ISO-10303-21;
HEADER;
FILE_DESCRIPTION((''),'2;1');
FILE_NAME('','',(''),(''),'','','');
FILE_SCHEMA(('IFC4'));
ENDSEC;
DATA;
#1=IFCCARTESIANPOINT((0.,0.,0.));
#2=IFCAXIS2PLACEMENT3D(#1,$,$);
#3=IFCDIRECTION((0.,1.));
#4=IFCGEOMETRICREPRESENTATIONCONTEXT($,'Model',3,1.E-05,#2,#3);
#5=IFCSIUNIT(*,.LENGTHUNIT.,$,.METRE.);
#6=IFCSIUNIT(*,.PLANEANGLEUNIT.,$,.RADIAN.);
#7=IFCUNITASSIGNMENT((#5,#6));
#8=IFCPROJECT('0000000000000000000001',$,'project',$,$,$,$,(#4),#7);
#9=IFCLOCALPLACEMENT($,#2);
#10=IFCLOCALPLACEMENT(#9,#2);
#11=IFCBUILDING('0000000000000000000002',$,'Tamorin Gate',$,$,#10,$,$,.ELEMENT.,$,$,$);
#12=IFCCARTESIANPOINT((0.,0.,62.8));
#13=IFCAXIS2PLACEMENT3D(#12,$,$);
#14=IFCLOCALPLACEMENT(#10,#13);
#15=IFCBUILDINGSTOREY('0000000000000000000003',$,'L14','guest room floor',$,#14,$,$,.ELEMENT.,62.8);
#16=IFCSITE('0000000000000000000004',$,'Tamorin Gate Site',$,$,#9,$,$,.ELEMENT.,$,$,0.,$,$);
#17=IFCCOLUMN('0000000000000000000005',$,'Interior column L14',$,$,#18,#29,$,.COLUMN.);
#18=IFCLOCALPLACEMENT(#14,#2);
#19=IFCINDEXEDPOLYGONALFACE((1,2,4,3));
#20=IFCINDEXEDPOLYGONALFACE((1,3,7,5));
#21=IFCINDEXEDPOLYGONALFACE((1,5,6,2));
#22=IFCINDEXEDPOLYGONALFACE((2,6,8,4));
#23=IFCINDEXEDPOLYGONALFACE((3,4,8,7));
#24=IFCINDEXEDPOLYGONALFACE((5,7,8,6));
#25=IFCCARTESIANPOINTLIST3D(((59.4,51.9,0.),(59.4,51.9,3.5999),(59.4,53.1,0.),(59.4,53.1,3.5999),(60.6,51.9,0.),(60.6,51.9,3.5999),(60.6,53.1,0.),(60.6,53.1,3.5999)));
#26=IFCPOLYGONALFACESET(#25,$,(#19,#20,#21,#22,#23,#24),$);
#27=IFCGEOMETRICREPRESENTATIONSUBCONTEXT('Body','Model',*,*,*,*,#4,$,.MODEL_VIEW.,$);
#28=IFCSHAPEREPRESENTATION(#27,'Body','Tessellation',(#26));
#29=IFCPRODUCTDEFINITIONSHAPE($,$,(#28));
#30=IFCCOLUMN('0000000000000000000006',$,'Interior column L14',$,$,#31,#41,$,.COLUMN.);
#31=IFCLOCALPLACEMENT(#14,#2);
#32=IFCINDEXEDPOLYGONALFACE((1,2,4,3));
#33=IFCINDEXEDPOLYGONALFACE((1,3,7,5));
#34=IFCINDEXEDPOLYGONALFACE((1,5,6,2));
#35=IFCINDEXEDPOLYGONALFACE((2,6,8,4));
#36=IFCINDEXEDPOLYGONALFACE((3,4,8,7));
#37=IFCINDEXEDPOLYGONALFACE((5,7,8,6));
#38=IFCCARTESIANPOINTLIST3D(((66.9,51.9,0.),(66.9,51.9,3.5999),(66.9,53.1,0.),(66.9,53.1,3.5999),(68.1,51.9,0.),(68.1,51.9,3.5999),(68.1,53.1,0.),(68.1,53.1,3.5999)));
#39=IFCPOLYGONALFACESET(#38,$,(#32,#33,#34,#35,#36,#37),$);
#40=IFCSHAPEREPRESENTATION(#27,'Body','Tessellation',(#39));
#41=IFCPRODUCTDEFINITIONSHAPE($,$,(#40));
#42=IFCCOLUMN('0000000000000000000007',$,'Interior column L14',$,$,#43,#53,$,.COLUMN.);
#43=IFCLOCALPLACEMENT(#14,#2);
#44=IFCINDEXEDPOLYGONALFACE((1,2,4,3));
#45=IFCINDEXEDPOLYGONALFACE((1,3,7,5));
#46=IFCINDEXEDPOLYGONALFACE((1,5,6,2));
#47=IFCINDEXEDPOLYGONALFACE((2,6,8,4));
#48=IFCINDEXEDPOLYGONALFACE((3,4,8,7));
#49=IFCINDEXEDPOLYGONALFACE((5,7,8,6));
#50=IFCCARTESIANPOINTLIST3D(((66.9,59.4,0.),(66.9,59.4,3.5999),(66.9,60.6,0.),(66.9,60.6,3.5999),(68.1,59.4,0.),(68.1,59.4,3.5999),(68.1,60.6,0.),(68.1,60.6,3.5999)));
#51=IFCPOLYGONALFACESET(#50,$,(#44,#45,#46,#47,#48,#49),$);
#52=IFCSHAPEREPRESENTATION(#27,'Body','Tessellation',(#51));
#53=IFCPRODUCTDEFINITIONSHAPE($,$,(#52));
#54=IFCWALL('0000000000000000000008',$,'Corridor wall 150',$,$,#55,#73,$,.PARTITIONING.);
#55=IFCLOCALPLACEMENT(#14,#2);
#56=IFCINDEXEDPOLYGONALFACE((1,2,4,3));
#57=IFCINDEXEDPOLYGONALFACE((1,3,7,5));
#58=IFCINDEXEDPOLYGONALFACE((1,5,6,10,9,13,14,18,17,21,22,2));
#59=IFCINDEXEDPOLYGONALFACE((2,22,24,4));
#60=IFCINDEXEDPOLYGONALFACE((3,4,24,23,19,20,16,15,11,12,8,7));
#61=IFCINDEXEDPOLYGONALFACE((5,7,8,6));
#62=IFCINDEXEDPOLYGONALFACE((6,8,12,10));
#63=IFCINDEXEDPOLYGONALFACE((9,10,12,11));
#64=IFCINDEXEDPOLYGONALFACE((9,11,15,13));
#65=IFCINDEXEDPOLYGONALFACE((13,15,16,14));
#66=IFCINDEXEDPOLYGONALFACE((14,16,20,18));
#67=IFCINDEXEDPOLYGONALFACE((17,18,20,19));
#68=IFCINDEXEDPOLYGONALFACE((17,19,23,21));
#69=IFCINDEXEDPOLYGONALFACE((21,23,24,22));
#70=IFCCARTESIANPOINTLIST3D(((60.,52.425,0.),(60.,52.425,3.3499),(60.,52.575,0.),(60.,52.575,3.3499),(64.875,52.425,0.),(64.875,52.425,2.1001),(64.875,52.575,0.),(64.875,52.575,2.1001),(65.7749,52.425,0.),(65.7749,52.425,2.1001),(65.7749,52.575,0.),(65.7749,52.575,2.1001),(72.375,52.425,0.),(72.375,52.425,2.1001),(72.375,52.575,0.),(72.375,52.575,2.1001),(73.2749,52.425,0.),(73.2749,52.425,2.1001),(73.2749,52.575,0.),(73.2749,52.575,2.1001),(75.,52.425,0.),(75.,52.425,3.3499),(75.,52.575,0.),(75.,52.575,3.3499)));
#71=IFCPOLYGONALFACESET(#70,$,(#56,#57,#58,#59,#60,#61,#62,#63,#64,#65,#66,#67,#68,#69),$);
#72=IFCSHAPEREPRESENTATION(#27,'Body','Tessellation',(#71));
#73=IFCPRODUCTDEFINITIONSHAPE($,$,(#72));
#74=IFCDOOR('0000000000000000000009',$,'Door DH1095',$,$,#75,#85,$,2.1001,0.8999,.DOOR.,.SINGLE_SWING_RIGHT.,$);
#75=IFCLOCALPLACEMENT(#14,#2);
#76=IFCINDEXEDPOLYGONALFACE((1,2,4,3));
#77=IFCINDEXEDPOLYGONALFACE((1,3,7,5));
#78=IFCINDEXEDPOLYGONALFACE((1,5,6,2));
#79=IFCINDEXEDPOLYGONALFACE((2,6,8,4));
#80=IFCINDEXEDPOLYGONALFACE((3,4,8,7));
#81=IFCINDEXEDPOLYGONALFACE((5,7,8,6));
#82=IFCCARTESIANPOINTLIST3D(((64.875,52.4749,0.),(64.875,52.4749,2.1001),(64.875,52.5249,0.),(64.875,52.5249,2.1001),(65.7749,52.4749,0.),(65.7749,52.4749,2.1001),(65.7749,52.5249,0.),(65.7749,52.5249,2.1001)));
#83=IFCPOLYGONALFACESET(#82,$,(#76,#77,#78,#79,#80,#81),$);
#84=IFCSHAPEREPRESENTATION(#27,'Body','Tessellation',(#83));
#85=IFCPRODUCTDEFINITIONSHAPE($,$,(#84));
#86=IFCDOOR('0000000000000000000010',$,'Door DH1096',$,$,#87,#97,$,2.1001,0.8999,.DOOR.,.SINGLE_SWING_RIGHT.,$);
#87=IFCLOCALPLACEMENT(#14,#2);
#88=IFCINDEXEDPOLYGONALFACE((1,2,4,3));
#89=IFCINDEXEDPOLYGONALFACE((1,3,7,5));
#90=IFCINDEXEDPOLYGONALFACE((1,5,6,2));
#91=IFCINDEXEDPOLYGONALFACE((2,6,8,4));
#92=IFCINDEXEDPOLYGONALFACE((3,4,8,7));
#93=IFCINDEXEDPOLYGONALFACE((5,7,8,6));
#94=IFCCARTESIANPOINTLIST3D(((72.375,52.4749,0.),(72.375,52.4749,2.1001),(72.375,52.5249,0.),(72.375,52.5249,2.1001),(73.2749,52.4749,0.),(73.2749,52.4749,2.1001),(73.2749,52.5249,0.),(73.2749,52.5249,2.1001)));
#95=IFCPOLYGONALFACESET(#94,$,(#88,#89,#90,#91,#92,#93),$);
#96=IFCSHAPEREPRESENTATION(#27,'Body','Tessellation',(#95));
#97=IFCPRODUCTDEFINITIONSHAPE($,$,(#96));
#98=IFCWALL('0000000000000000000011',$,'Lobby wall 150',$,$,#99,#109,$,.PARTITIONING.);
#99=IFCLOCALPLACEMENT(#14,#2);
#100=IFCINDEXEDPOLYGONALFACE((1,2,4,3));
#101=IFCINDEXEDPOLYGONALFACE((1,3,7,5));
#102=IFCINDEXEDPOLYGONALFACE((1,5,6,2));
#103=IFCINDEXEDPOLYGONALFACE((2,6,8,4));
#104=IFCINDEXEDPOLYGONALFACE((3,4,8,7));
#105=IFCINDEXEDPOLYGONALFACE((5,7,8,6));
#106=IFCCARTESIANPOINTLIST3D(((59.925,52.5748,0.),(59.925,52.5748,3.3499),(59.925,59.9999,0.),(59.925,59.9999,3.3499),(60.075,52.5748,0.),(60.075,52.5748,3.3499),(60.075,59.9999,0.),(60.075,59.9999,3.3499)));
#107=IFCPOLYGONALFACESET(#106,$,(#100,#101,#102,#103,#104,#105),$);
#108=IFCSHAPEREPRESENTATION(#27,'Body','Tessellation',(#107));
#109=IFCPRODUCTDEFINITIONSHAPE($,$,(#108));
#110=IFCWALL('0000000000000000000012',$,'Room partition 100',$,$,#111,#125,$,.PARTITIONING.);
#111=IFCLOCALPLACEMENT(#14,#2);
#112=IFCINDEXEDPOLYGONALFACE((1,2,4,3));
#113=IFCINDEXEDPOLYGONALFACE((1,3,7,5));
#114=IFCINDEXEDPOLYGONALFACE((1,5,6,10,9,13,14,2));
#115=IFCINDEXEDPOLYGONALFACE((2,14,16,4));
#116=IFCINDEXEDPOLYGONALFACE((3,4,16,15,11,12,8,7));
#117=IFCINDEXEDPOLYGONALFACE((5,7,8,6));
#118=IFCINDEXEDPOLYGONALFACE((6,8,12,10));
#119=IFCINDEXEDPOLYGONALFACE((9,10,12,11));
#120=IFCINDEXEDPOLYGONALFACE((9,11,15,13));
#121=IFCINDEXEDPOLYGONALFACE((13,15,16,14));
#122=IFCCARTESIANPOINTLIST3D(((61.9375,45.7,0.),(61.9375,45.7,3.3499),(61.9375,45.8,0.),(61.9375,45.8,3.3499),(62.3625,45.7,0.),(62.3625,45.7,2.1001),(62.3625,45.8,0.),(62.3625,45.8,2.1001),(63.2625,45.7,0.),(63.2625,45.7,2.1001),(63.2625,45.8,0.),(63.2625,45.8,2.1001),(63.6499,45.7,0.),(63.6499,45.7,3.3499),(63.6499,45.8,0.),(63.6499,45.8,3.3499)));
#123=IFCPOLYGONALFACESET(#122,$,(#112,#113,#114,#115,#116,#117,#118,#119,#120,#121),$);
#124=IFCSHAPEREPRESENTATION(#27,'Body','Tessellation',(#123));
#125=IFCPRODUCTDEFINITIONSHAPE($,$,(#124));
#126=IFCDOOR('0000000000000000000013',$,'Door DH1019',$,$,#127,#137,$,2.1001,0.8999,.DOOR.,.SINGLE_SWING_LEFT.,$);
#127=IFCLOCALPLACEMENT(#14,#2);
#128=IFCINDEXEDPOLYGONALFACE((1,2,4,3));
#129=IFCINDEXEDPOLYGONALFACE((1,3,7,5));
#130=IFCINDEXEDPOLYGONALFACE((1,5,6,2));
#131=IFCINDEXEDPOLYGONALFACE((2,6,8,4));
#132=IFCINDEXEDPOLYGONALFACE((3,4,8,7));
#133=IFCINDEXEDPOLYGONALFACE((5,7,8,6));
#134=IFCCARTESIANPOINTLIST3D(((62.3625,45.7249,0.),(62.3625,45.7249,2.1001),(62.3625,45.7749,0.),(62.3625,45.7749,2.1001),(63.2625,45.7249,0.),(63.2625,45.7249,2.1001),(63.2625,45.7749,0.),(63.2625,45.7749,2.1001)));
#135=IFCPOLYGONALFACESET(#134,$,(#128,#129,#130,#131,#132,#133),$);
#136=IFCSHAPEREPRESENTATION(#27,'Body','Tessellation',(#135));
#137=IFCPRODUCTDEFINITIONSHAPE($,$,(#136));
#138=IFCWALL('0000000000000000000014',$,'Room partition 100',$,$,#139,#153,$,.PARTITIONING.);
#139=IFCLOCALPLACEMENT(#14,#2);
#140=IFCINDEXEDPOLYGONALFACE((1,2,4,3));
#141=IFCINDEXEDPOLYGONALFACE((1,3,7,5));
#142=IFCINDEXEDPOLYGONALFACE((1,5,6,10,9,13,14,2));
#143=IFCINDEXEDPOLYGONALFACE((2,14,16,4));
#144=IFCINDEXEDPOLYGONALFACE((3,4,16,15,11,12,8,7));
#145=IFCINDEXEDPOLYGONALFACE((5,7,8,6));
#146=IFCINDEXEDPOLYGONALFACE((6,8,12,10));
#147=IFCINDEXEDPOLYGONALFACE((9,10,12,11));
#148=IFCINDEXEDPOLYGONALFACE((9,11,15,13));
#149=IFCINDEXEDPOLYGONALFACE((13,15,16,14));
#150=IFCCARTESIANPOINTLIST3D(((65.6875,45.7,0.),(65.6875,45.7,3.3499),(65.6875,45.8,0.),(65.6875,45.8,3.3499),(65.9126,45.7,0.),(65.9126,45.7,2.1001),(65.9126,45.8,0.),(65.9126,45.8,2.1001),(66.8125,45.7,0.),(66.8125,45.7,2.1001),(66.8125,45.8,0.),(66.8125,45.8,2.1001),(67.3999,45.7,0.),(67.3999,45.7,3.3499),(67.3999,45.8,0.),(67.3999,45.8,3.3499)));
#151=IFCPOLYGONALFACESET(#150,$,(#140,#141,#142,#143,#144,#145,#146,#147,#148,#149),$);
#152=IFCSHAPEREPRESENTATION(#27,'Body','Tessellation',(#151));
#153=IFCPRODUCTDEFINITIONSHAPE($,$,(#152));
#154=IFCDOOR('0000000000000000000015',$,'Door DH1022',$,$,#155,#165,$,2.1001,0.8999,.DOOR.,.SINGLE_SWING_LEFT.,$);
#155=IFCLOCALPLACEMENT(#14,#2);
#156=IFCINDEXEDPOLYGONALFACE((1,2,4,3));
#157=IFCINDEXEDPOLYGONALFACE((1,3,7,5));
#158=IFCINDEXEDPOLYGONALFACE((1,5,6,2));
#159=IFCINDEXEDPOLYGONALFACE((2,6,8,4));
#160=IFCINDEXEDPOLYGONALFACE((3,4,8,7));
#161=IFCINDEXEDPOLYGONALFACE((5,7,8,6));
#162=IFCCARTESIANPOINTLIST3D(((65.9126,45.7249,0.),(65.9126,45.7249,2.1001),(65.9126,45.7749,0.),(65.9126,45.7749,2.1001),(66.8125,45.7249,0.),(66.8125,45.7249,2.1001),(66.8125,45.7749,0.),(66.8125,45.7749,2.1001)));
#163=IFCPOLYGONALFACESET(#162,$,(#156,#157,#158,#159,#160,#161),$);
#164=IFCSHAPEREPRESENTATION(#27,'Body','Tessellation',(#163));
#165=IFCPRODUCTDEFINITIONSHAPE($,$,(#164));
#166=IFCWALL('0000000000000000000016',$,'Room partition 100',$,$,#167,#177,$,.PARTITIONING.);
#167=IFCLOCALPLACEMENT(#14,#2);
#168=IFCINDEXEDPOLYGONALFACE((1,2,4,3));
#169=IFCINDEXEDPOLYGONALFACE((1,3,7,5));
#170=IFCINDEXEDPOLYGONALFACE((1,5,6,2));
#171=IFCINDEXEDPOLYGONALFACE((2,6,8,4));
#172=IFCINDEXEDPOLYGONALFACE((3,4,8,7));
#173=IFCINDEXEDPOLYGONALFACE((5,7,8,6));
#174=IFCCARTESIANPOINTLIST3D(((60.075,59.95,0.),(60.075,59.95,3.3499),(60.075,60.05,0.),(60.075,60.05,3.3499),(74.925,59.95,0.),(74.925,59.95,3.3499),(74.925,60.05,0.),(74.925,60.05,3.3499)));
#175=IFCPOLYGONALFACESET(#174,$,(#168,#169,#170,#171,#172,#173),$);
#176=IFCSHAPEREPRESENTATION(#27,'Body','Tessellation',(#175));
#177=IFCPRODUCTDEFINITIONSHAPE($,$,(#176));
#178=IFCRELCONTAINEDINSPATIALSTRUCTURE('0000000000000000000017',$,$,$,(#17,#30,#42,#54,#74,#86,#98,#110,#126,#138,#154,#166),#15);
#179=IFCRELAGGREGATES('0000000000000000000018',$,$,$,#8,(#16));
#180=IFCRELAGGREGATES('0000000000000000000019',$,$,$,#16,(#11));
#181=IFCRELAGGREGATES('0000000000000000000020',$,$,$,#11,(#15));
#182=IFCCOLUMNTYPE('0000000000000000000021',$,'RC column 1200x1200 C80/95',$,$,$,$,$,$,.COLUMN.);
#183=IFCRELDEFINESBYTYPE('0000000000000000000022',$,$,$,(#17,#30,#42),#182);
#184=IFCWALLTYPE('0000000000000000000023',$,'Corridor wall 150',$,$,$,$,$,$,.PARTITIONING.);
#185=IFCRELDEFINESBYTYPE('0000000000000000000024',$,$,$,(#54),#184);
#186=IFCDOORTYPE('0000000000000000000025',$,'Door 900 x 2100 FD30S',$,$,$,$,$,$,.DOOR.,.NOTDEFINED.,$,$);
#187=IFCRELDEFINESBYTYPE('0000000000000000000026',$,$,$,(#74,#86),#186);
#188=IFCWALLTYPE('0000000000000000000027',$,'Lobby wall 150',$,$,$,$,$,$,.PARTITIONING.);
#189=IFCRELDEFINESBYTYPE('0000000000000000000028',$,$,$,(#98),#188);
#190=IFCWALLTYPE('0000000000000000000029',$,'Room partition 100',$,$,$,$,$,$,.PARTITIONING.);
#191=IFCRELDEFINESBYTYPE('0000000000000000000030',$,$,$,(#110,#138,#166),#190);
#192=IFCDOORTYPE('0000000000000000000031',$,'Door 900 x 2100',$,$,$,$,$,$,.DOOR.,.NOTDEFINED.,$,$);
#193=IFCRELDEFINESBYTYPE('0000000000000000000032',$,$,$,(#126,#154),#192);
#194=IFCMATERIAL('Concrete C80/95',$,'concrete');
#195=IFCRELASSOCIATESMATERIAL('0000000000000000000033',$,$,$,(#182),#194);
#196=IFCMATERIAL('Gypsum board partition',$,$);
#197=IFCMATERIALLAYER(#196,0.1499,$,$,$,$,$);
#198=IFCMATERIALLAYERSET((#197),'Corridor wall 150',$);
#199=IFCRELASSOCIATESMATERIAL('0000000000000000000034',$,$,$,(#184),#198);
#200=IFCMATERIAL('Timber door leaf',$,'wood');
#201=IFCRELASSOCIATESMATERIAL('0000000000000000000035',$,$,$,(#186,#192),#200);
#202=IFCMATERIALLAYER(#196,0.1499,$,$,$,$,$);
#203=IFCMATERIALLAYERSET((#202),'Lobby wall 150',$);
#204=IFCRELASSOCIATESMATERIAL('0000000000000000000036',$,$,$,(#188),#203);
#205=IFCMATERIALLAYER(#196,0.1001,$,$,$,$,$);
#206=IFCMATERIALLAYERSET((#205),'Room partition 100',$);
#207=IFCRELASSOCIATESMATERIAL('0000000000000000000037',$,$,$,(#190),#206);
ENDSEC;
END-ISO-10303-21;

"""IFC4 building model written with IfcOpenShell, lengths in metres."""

from ifc_helpers import new_model, si_unit, direction, frame, frame_2d, origin, origin_2d, place, context, subcontext, project, spatial, rectangle, extrude, material, layer, layer_set, material_profile, profile_set, type_object, element, fill, save


model = new_model("IFC4")

# Units and contexts
model_context = context("Model", 3, precision=1e-05, world=origin(), true_north=direction((0.0, 1.0)))
body_context = subcontext(model_context, "Body", "Model", "MODEL_VIEW")
ifc_project = project(units=[si_unit("LENGTHUNIT", "METRE"), si_unit("PLANEANGLEUNIT", "RADIAN")], contexts=[model_context])

# Site, building, storey
site_placement = place(None, origin())
site = spatial("IfcSite", under=ifc_project, at=site_placement, Name="Tamorin Gate Site", CompositionType="ELEMENT", RefElevation=0.0)
building_placement = place(site_placement, origin())
building = spatial("IfcBuilding", under=site, at=building_placement, Name="Tamorin Gate", CompositionType="ELEMENT")
storey_placement = place(building_placement, frame((0.0, 0.0, 62.8)))
storey = spatial("IfcBuildingStorey", under=building, at=storey_placement, Name="L14", Description="guest room floor", CompositionType="ELEMENT", Elevation=62.8)

# Columns
ifc_material_1 = material(Name="Concrete C80/95", Category="concrete")
ifc_material_profile = material_profile(ifc_material_1, rectangle(XDim=1.2, YDim=1.2, at=origin_2d()), Name="RC 1200x1200")
ifc_profile_set = profile_set([ifc_material_profile], Name="Concrete C80/95")
column_type = type_object("IfcColumnType", Name="RC column 1200x1200 C80/95", PredefinedType="COLUMN", material=ifc_profile_set)
for number, where, z_axis, x_axis, name in (
    (1, (60.0, 52.5, 0.0), (0.0, 0.0, 1.0), (1.0, 0.0, 0.0), "Interior column L14"),
    (2, (67.5, 52.5, 0.0), (0.0, 0.0, 1.0), (1.0, 0.0, 0.0), "Interior column L14"),
    (3, (67.5, 60.0, 0.0), (0.0, 0.0, 1.0), (1.0, 0.0, 0.0), "Interior column L14"),
):
    element("IfcColumn", number, at=place(storey_placement, frame(where, z_axis=z_axis, x_axis=x_axis)), inside=storey, type_object=column_type, Name=name, PredefinedType="COLUMN", context=body_context, shape_type="SweptSolid", body=[
        extrude(rectangle(XDim=1.2, YDim=1.2, at=origin_2d()), origin(), (0.0, 0.0, 1.0), 3.5999),
    ])

# Wall, openings, doors
ifc_material_2 = material(Name="Gypsum board partition")
ifc_layer_1 = layer(ifc_material_2, 0.1499)
ifc_layer_set_1 = layer_set([ifc_layer_1], Name="Corridor wall 150")
wall_type_1 = type_object("IfcWallType", Name="Corridor wall 150", PredefinedType="PARTITIONING", material=ifc_layer_set_1)
wall_1_placement = place(storey_placement, frame((60.0, 52.5, 0.0), z_axis=(0.0, 0.0, 1.0), x_axis=(1.0, 0.0, 0.0)))
wall_1 = element("IfcWall", 4, at=wall_1_placement, inside=storey, type_object=wall_type_1, Name="Corridor wall 150", PredefinedType="PARTITIONING", context=body_context, shape_type="SweptSolid", body=[
    extrude(rectangle(XDim=15.0, YDim=0.1499, at=frame_2d((7.5, 0.0))), origin(), (0.0, 0.0, 1.0), 3.3499),
])
opening_1_placement = place(wall_1_placement, frame((4.875, 0.0, 0.0)))
opening_1 = element("IfcOpeningElement", 5, at=opening_1_placement, cuts=wall_1, PredefinedType="OPENING", context=body_context, shape_type="SweptSolid", body=[
    extrude(rectangle(XDim=0.8999, YDim=2.1001, at=frame_2d((0.45, 1.05))), frame((0.0, 0.085, 0.0), z_axis=(0.0, -1.0, 0.0), x_axis=(1.0, 0.0, 0.0)), (0.0, 0.0, 1.0), 0.1699),
])
opening_2_placement = place(wall_1_placement, frame((12.375, 0.0, 0.0)))
opening_2 = element("IfcOpeningElement", 6, at=opening_2_placement, cuts=wall_1, PredefinedType="OPENING", context=body_context, shape_type="SweptSolid", body=[
    extrude(rectangle(XDim=0.8999, YDim=2.1001, at=frame_2d((0.45, 1.05))), frame((0.0, 0.085, 0.0), z_axis=(0.0, -1.0, 0.0), x_axis=(1.0, 0.0, 0.0)), (0.0, 0.0, 1.0), 0.1699),
])
ifc_material_3 = material(Name="Timber door leaf", Category="wood")
door_type_1 = type_object("IfcDoorType", Name="Door 900 x 2100 FD30S", OperationType="NOTDEFINED", PredefinedType="DOOR", material=ifc_material_3)
door_1_placement = place(opening_1_placement, origin())
door_1 = element("IfcDoor", 7, at=door_1_placement, inside=storey, type_object=door_type_1, Name="Door DH1095", OperationType="SINGLE_SWING_RIGHT", OverallHeight=2.1001, OverallWidth=0.8999, PredefinedType="DOOR", context=body_context, shape_type="SweptSolid", body=[
    extrude(rectangle(XDim=0.8999, YDim=2.1001, at=frame_2d((0.45, 1.05))), frame((0.0, 0.0249, 0.0), z_axis=(0.0, -1.0, 0.0), x_axis=(1.0, 0.0, 0.0)), (0.0, 0.0, 1.0), 0.05),
])
fill(opening_1, door_1)
door_2_placement = place(opening_2_placement, origin())
door_2 = element("IfcDoor", 8, at=door_2_placement, inside=storey, type_object=door_type_1, Name="Door DH1096", OperationType="SINGLE_SWING_RIGHT", OverallHeight=2.1001, OverallWidth=0.8999, PredefinedType="DOOR", context=body_context, shape_type="SweptSolid", body=[
    extrude(rectangle(XDim=0.8999, YDim=2.1001, at=frame_2d((0.45, 1.05))), frame((0.0, 0.0249, 0.0), z_axis=(0.0, -1.0, 0.0), x_axis=(1.0, 0.0, 0.0)), (0.0, 0.0, 1.0), 0.05),
])
fill(opening_2, door_2)

# Wall
ifc_layer_2 = layer(ifc_material_2, 0.1499)
ifc_layer_set_2 = layer_set([ifc_layer_2], Name="Lobby wall 150")
wall_type_2 = type_object("IfcWallType", Name="Lobby wall 150", PredefinedType="PARTITIONING", material=ifc_layer_set_2)
wall_2_placement = place(storey_placement, frame((60.0, 52.575, 0.0), z_axis=(0.0, 0.0, 1.0), x_axis=(0.0, 1.0, 0.0)))
element("IfcWall", 9, at=wall_2_placement, inside=storey, type_object=wall_type_2, Name="Lobby wall 150", PredefinedType="PARTITIONING", context=body_context, shape_type="SweptSolid", body=[
    extrude(rectangle(XDim=7.425, YDim=0.1499, at=frame_2d((3.7124, 0.0))), origin(), (0.0, 0.0, 1.0), 3.3499),
])

# Walls, openings, doors
ifc_layer_3 = layer(ifc_material_2, 0.1001)
ifc_layer_set_3 = layer_set([ifc_layer_3], Name="Room partition 100")
wall_type_3 = type_object("IfcWallType", Name="Room partition 100", PredefinedType="PARTITIONING", material=ifc_layer_set_3)
wall_3_placement = place(storey_placement, frame((61.9375, 45.75, 0.0), z_axis=(0.0, 0.0, 1.0), x_axis=(1.0, 0.0, 0.0)))
wall_3 = element("IfcWall", 10, at=wall_3_placement, inside=storey, type_object=wall_type_3, Name="Room partition 100", PredefinedType="PARTITIONING", context=body_context, shape_type="SweptSolid", body=[
    extrude(rectangle(XDim=1.7124, YDim=0.1001, at=frame_2d((0.8562, 0.0))), origin(), (0.0, 0.0, 1.0), 3.3499),
])
opening_3_placement = place(wall_3_placement, frame((0.425, 0.0, 0.0)))
opening_3 = element("IfcOpeningElement", 11, at=opening_3_placement, cuts=wall_3, PredefinedType="OPENING", context=body_context, shape_type="SweptSolid", body=[
    extrude(rectangle(XDim=0.8999, YDim=2.1001, at=frame_2d((0.45, 1.05))), frame((0.0, 0.0601, 0.0), z_axis=(0.0, -1.0, 0.0), x_axis=(1.0, 0.0, 0.0)), (0.0, 0.0, 1.0), 0.1201),
])
door_type_2 = type_object("IfcDoorType", Name="Door 900 x 2100", OperationType="NOTDEFINED", PredefinedType="DOOR", material=ifc_material_3)
door_3_placement = place(opening_3_placement, origin())
door_3 = element("IfcDoor", 12, at=door_3_placement, inside=storey, type_object=door_type_2, Name="Door DH1019", OperationType="SINGLE_SWING_LEFT", OverallHeight=2.1001, OverallWidth=0.8999, PredefinedType="DOOR", context=body_context, shape_type="SweptSolid", body=[
    extrude(rectangle(XDim=0.8999, YDim=2.1001, at=frame_2d((0.45, 1.05))), frame((0.0, 0.0249, 0.0), z_axis=(0.0, -1.0, 0.0), x_axis=(1.0, 0.0, 0.0)), (0.0, 0.0, 1.0), 0.05),
])
fill(opening_3, door_3)
wall_4_placement = place(storey_placement, frame((65.6875, 45.75, 0.0), z_axis=(0.0, 0.0, 1.0), x_axis=(1.0, 0.0, 0.0)))
wall_4 = element("IfcWall", 13, at=wall_4_placement, inside=storey, type_object=wall_type_3, Name="Room partition 100", PredefinedType="PARTITIONING", context=body_context, shape_type="SweptSolid", body=[
    extrude(rectangle(XDim=1.7124, YDim=0.1001, at=frame_2d((0.8562, 0.0))), origin(), (0.0, 0.0, 1.0), 3.3499),
])
opening_4_placement = place(wall_4_placement, frame((0.2251, 0.0, 0.0)))
opening_4 = element("IfcOpeningElement", 14, at=opening_4_placement, cuts=wall_4, PredefinedType="OPENING", context=body_context, shape_type="SweptSolid", body=[
    extrude(rectangle(XDim=0.8999, YDim=2.1001, at=frame_2d((0.45, 1.05))), frame((0.0, 0.0601, 0.0), z_axis=(0.0, -1.0, 0.0), x_axis=(1.0, 0.0, 0.0)), (0.0, 0.0, 1.0), 0.1201),
])
door_4_placement = place(opening_4_placement, origin())
door_4 = element("IfcDoor", 15, at=door_4_placement, inside=storey, type_object=door_type_2, Name="Door DH1022", OperationType="SINGLE_SWING_LEFT", OverallHeight=2.1001, OverallWidth=0.8999, PredefinedType="DOOR", context=body_context, shape_type="SweptSolid", body=[
    extrude(rectangle(XDim=0.8999, YDim=2.1001, at=frame_2d((0.45, 1.05))), frame((0.0, 0.0249, 0.0), z_axis=(0.0, -1.0, 0.0), x_axis=(1.0, 0.0, 0.0)), (0.0, 0.0, 1.0), 0.05),
])
fill(opening_4, door_4)

# Wall
wall_5_placement = place(storey_placement, frame((60.075, 60.0, 0.0), z_axis=(0.0, 0.0, 1.0), x_axis=(1.0, 0.0, 0.0)))
element("IfcWall", 16, at=wall_5_placement, inside=storey, type_object=wall_type_3, Name="Room partition 100", PredefinedType="PARTITIONING", context=body_context, shape_type="SweptSolid", body=[
    extrude(rectangle(XDim=14.8501, YDim=0.1001, at=frame_2d((7.425, 0.0))), origin(), (0.0, 0.0, 1.0), 3.3499),
])

save(model, "model.ifc")
